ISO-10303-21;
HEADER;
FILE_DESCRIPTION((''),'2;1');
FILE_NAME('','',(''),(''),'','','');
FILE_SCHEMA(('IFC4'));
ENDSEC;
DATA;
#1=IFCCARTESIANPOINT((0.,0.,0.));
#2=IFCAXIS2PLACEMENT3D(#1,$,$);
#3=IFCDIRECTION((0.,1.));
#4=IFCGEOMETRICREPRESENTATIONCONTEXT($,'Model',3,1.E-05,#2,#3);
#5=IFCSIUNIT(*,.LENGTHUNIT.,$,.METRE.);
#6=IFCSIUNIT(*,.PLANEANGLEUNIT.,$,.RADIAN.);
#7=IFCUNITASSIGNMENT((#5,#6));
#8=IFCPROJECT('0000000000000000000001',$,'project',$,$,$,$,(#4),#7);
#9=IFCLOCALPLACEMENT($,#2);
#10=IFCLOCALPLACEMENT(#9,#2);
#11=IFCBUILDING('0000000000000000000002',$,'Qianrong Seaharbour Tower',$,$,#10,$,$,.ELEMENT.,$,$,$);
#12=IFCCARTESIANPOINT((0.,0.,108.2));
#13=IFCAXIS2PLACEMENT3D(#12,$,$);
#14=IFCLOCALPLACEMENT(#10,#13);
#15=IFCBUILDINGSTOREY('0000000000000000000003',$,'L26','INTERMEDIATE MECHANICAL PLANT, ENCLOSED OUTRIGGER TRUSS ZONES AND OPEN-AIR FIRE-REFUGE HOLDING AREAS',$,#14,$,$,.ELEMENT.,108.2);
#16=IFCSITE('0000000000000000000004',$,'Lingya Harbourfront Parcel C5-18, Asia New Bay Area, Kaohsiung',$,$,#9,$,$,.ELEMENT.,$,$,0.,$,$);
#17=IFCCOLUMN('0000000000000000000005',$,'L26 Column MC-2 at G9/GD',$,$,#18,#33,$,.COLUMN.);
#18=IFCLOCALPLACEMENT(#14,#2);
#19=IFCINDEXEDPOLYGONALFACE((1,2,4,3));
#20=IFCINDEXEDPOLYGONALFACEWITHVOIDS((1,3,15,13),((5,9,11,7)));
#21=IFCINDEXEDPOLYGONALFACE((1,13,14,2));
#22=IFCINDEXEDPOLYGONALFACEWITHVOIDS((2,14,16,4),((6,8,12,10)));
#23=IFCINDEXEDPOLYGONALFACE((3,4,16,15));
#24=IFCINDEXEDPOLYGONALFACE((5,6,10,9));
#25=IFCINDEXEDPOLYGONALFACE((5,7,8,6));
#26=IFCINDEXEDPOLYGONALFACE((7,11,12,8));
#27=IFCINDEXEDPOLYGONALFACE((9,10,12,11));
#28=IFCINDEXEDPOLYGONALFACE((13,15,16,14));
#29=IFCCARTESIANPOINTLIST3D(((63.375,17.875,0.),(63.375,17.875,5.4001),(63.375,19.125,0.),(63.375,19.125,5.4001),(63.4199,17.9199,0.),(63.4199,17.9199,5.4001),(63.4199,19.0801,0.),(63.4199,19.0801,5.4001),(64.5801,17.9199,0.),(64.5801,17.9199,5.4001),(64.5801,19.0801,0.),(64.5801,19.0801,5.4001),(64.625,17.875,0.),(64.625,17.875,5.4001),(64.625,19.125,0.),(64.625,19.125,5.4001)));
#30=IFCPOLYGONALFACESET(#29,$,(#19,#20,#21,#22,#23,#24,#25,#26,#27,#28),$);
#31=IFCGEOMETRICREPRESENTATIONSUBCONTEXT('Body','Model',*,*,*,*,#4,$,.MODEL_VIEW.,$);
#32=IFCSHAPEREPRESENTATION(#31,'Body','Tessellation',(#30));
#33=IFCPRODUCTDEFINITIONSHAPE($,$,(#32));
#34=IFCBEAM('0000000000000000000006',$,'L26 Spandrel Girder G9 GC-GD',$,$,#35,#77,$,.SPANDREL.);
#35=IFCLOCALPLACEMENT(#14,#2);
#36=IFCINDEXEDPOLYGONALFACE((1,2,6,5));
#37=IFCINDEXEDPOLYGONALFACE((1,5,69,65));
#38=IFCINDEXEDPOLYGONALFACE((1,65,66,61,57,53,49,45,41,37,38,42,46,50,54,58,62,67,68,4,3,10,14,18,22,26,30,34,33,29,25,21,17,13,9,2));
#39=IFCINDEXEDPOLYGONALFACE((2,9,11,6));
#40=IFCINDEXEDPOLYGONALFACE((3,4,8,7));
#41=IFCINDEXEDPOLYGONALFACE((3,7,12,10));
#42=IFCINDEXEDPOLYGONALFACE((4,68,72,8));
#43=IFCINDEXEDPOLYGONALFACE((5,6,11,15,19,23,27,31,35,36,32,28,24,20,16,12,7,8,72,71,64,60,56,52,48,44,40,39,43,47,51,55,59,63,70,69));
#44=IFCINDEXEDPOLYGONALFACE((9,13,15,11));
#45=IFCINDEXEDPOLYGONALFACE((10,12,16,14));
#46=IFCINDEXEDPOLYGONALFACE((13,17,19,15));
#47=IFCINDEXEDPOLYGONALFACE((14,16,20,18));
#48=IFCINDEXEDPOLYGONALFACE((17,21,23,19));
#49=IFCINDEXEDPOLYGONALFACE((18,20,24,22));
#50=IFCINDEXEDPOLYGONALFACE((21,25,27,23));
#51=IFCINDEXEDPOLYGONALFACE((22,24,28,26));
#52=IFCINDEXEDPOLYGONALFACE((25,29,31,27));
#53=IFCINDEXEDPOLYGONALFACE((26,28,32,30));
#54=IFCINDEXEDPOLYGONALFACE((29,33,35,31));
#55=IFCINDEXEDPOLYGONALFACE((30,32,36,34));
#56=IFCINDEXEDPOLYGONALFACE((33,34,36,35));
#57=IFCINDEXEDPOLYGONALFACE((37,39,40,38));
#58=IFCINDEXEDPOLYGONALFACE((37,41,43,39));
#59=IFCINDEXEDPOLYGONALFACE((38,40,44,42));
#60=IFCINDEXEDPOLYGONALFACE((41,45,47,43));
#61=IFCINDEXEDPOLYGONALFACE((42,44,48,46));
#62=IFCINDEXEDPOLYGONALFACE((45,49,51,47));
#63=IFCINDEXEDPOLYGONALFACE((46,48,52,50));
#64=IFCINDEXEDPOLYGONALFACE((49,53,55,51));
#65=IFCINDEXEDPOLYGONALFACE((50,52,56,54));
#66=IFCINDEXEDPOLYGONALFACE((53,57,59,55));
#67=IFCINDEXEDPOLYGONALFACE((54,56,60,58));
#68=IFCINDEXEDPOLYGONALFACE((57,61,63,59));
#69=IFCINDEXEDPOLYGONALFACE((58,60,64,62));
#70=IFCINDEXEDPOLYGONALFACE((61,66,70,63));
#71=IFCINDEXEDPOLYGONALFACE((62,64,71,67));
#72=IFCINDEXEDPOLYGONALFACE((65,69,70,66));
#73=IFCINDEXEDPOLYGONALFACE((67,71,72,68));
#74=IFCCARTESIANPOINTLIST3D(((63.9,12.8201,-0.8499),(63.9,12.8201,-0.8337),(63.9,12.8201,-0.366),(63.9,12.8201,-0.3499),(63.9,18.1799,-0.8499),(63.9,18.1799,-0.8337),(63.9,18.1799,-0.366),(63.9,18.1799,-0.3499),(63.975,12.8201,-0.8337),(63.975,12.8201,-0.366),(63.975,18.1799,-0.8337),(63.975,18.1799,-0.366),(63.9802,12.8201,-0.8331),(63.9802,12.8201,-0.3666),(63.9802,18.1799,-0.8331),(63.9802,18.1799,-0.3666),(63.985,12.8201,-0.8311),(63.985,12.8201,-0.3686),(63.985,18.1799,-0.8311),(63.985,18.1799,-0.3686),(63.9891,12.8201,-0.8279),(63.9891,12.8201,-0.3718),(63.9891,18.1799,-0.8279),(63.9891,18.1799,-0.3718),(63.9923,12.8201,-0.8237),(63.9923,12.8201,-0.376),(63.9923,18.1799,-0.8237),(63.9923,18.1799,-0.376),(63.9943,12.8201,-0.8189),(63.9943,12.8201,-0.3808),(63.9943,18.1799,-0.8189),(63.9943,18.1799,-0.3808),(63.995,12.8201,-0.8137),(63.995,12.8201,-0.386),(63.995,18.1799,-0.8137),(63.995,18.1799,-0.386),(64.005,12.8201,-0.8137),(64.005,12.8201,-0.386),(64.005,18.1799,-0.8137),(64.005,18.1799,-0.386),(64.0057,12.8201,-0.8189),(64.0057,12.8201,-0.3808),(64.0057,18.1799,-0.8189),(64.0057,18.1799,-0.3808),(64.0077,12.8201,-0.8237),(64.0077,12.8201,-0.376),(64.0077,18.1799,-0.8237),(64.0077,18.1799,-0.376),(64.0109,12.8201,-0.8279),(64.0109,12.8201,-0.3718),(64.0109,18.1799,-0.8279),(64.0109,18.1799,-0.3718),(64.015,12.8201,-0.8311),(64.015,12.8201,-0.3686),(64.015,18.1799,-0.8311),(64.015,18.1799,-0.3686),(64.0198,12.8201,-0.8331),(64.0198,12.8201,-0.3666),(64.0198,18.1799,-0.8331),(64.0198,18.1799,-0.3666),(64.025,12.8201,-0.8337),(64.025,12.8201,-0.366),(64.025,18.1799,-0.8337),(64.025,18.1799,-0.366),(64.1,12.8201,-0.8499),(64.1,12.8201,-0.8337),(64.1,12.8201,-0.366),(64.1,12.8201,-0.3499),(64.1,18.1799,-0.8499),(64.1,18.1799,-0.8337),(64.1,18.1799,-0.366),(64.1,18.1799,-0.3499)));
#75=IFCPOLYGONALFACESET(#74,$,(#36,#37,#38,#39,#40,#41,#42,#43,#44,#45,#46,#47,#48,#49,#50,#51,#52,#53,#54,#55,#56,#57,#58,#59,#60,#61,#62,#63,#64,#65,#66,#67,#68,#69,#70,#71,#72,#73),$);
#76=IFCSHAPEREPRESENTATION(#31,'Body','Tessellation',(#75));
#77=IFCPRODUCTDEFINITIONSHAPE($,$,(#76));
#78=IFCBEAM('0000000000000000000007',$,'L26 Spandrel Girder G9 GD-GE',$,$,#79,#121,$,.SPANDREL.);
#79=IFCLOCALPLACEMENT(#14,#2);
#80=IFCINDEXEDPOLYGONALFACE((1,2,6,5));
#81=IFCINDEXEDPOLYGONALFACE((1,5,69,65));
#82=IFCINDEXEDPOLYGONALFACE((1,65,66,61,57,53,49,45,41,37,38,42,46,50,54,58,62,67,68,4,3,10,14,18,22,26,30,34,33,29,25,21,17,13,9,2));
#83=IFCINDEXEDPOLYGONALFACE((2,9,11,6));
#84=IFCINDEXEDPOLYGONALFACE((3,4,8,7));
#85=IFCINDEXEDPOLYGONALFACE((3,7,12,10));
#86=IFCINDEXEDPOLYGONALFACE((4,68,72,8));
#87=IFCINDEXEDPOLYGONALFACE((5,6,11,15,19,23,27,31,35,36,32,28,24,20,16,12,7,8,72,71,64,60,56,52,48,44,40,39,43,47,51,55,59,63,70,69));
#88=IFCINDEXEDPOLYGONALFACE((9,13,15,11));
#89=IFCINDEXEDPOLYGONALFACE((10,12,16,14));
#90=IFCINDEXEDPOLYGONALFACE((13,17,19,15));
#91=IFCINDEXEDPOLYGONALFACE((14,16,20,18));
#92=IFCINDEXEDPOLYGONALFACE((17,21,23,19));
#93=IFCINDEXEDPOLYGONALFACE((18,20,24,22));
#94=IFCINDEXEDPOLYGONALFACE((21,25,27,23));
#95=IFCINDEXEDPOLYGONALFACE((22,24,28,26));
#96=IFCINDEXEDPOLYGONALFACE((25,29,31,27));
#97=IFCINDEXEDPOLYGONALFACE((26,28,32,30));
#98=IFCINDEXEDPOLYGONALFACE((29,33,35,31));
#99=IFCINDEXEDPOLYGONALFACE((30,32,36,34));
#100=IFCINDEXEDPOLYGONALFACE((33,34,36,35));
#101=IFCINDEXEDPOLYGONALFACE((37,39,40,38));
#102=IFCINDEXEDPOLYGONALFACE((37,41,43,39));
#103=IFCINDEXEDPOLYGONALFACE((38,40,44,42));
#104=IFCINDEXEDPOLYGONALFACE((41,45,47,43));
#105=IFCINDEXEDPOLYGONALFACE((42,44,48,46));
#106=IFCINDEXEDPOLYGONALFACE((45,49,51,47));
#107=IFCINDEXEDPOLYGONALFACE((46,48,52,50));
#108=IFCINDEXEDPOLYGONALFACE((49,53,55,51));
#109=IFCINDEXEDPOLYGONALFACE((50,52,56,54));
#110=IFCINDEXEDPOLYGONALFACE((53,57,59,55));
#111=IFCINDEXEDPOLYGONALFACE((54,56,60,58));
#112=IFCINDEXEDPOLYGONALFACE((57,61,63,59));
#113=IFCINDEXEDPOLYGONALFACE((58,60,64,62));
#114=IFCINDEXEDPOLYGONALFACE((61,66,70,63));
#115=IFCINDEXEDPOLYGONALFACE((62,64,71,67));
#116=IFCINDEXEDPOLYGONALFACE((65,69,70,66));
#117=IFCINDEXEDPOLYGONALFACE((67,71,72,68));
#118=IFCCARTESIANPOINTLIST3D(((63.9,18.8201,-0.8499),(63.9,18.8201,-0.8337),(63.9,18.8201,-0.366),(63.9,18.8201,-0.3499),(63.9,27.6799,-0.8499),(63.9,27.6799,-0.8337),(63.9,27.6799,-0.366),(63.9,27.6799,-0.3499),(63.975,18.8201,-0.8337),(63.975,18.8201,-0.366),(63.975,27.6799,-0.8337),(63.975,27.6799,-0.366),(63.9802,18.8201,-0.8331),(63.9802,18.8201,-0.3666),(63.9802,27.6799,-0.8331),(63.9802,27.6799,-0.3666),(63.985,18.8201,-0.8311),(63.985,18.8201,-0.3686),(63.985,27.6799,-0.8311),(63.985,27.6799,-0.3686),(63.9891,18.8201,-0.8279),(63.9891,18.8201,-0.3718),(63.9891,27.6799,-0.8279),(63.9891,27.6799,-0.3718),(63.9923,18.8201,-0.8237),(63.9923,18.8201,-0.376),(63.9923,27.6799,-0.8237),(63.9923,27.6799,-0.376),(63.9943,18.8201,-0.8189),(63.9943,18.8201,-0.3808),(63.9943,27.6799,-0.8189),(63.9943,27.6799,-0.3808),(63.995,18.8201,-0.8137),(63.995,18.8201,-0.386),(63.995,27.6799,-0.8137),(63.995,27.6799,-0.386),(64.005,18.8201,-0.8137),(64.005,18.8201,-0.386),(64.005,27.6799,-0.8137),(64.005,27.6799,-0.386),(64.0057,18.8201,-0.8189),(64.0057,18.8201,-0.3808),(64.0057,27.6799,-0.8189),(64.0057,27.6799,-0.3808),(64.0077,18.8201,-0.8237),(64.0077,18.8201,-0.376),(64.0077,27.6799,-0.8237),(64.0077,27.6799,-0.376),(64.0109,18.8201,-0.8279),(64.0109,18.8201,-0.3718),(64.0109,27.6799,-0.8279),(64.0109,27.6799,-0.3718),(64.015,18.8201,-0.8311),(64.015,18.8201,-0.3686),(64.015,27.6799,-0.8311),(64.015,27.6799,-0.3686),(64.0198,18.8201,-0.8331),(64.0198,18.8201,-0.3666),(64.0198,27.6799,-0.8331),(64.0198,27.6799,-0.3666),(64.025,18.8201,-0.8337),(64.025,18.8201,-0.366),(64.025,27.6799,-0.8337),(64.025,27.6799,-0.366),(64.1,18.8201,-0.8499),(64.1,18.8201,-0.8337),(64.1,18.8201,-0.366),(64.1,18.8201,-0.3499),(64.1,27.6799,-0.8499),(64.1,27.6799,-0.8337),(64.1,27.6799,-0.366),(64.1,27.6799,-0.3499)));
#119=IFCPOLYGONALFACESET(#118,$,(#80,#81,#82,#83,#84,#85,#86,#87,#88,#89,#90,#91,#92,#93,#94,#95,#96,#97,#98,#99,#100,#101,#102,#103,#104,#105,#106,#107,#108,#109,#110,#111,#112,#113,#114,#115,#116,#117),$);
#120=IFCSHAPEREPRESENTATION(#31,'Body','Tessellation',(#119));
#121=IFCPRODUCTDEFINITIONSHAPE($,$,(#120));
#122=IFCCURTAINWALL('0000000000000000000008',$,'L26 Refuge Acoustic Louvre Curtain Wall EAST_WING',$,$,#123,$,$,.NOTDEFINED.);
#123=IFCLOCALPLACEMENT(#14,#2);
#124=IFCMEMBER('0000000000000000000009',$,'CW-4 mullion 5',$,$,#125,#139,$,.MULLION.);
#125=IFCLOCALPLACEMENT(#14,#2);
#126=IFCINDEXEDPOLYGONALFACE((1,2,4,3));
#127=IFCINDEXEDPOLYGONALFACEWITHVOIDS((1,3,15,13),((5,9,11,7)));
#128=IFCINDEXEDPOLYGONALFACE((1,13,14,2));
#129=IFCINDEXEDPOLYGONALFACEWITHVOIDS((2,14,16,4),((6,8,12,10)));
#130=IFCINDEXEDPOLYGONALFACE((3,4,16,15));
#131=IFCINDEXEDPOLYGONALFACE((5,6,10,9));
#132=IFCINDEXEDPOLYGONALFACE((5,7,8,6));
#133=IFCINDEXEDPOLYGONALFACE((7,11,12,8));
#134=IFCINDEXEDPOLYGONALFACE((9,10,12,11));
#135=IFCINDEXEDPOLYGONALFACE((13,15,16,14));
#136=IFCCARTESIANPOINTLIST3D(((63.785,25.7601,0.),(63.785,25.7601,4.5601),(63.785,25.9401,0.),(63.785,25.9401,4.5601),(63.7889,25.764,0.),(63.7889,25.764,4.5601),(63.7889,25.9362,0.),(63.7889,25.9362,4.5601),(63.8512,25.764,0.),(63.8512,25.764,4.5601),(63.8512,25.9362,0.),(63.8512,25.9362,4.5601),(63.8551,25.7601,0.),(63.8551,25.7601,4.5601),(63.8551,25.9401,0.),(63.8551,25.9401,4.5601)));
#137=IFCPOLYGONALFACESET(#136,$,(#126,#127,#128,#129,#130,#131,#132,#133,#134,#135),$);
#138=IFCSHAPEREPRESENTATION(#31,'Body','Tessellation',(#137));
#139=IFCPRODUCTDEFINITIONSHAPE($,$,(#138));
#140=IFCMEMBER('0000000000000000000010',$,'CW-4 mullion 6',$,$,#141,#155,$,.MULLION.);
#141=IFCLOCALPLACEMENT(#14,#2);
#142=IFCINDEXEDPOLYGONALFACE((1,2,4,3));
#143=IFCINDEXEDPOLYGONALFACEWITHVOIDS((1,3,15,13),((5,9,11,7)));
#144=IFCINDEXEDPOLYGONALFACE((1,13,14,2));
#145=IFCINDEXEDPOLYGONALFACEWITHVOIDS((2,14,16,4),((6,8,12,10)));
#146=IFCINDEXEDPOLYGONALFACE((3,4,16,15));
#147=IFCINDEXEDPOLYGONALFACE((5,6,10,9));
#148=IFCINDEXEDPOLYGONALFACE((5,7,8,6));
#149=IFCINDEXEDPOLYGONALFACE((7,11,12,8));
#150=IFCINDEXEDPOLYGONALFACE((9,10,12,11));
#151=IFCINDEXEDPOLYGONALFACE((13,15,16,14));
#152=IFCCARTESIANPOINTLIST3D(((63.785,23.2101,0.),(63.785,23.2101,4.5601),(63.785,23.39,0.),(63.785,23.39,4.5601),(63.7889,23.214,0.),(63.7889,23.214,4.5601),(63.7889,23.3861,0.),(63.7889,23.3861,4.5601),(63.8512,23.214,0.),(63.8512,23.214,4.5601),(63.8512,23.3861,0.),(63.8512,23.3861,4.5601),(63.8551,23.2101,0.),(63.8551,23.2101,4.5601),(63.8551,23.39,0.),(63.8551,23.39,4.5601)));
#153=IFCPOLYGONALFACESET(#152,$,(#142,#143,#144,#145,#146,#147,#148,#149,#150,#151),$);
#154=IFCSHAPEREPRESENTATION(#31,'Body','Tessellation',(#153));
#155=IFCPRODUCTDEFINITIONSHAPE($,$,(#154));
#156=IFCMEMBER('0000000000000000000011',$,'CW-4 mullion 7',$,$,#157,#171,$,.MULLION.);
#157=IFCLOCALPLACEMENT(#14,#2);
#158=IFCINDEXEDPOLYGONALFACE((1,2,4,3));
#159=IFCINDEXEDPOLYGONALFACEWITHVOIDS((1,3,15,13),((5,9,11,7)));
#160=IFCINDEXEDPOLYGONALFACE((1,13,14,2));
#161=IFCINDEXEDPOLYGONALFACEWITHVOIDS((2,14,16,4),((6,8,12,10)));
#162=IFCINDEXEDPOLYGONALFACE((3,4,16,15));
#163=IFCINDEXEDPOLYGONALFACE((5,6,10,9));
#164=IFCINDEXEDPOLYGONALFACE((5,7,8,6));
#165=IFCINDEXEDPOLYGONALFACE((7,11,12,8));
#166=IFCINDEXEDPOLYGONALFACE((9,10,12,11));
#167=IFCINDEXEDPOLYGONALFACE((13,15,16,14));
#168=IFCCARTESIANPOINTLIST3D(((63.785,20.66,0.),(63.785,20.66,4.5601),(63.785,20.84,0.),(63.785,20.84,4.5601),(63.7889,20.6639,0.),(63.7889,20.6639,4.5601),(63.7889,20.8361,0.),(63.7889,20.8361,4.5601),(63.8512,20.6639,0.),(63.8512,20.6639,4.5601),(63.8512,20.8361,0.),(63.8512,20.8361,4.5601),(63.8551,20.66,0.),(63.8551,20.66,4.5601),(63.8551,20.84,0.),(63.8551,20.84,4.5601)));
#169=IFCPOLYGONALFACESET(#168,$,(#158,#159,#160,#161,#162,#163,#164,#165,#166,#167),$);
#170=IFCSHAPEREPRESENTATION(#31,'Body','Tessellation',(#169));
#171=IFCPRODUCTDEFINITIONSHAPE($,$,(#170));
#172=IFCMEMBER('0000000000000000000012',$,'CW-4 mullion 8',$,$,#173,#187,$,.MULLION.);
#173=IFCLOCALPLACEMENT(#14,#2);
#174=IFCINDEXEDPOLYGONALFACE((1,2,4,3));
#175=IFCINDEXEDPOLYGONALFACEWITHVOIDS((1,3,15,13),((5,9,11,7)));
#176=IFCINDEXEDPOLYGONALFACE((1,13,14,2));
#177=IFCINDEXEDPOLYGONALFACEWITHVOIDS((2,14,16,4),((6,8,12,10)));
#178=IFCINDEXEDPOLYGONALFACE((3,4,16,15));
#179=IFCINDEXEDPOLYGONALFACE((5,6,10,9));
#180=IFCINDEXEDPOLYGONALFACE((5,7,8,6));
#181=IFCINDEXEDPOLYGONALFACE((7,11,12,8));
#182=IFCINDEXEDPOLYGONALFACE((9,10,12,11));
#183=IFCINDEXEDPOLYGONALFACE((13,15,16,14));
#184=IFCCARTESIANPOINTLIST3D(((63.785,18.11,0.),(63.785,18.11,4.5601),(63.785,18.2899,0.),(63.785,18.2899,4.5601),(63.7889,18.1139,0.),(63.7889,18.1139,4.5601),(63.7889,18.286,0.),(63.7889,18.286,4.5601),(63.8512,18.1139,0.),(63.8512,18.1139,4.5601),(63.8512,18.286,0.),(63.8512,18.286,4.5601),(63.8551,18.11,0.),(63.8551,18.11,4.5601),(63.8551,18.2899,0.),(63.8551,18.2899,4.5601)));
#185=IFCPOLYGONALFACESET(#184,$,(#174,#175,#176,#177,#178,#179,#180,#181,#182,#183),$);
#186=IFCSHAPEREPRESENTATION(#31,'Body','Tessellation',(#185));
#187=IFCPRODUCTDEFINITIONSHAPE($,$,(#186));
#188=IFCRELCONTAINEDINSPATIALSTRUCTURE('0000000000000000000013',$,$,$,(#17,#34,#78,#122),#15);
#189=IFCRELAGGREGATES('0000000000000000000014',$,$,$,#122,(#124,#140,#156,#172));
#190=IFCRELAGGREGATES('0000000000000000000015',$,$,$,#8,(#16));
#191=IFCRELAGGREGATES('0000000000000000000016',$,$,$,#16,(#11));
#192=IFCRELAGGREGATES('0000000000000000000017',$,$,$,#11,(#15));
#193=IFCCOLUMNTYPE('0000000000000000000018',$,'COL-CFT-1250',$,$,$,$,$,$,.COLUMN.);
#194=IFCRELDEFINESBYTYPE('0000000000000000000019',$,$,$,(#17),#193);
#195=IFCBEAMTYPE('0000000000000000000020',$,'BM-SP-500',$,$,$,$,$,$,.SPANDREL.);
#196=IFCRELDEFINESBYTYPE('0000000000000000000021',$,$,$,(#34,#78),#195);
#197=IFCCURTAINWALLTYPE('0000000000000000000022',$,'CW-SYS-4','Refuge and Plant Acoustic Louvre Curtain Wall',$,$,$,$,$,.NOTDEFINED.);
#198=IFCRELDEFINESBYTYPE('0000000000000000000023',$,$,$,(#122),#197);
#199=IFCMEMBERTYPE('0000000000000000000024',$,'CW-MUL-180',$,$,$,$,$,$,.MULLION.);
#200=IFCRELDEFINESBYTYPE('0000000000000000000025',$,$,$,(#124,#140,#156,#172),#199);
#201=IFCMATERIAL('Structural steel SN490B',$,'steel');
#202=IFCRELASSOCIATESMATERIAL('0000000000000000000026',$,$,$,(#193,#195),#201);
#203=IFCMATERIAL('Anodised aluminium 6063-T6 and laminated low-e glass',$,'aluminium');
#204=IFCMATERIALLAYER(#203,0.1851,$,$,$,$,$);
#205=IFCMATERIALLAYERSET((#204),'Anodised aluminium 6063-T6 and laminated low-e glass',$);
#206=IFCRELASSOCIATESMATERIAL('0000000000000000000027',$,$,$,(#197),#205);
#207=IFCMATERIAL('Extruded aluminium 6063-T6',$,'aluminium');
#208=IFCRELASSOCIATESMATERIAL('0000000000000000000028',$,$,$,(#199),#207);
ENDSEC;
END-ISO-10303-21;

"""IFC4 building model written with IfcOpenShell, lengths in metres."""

from ifc_helpers import new_model, si_unit, direction, frame, origin, origin_2d, place, context, subcontext, project, spatial, hollow_rectangle, i_section, extrude, material, layer, layer_set, material_profile, profile_set, type_object, element, aggregate, save


model = new_model("IFC4")

# Units and contexts
model_context = context("Model", 3, precision=1e-05, world=origin(), true_north=direction((0.0, 1.0)))
body_context = subcontext(model_context, "Body", "Model", "MODEL_VIEW")
ifc_project = project(units=[si_unit("LENGTHUNIT", "METRE"), si_unit("PLANEANGLEUNIT", "RADIAN")], contexts=[model_context])

# Site, building, storey
site_placement = place(None, origin())
site = spatial("IfcSite", under=ifc_project, at=site_placement, Name="Lingya Harbourfront Parcel C5-18, Asia New Bay Area, Kaohsiung", CompositionType="ELEMENT", RefElevation=0.0)
building_placement = place(site_placement, origin())
building = spatial("IfcBuilding", under=site, at=building_placement, Name="Qianrong Seaharbour Tower", CompositionType="ELEMENT")
storey_placement = place(building_placement, frame((0.0, 0.0, 108.2)))
storey = spatial("IfcBuildingStorey", under=building, at=storey_placement, Name="L26", Description="INTERMEDIATE MECHANICAL PLANT, ENCLOSED OUTRIGGER TRUSS ZONES AND OPEN-AIR FIRE-REFUGE HOLDING AREAS", CompositionType="ELEMENT", Elevation=108.2)

# Column
ifc_material_1 = material(Name="Structural steel SN490B", Category="steel")
ifc_material_profile_1 = material_profile(ifc_material_1, hollow_rectangle(XDim=1.25, YDim=1.25, WallThickness=0.0449, at=origin_2d()), Name="BOX1250x1250x45")
ifc_profile_set_1 = profile_set([ifc_material_profile_1], Name="Structural steel SN490B")
column_type = type_object("IfcColumnType", Name="COL-CFT-1250", PredefinedType="COLUMN", material=ifc_profile_set_1)
column_placement = place(storey_placement, frame((64.0, 18.5, 0.0), z_axis=(0.0, 0.0, 1.0), x_axis=(1.0, 0.0, 0.0)))
element("IfcColumn", 1, at=column_placement, inside=storey, type_object=column_type, Name="L26 Column MC-2 at G9/GD", PredefinedType="COLUMN", context=body_context, shape_type="SweptSolid", body=[
    extrude(hollow_rectangle(XDim=1.25, YDim=1.25, WallThickness=0.0449, at=origin_2d()), origin(), (0.0, 0.0, 1.0), 5.4001),
])

# Beams
ifc_material_profile_2 = material_profile(ifc_material_1, i_section(OverallWidth=0.2, OverallDepth=0.5, WebThickness=0.01, FlangeThickness=0.0161, FilletRadius=0.02, at=origin_2d()), Name="H500x200x10x16")
ifc_profile_set_2 = profile_set([ifc_material_profile_2], Name="Structural steel SN490B")
beam_type = type_object("IfcBeamType", Name="BM-SP-500", PredefinedType="SPANDREL", material=ifc_profile_set_2)
beam_1_placement = place(storey_placement, frame((64.0, 12.8201, -0.5999), z_axis=(0.0, 1.0, 0.0), x_axis=(-1.0, 0.0, 0.0)))
element("IfcBeam", 2, at=beam_1_placement, inside=storey, type_object=beam_type, Name="L26 Spandrel Girder G9 GC-GD", PredefinedType="SPANDREL", context=body_context, shape_type="SweptSolid", body=[
    extrude(i_section(OverallWidth=0.2, OverallDepth=0.5, WebThickness=0.01, FlangeThickness=0.0161, FilletRadius=0.02, at=origin_2d()), origin(), (0.0, 0.0, 1.0), 5.3599),
])
beam_2_placement = place(storey_placement, frame((64.0, 18.8201, -0.5999), z_axis=(0.0, 1.0, 0.0), x_axis=(-1.0, 0.0, 0.0)))
element("IfcBeam", 3, at=beam_2_placement, inside=storey, type_object=beam_type, Name="L26 Spandrel Girder G9 GD-GE", PredefinedType="SPANDREL", context=body_context, shape_type="SweptSolid", body=[
    extrude(i_section(OverallWidth=0.2, OverallDepth=0.5, WebThickness=0.01, FlangeThickness=0.0161, FilletRadius=0.02, at=origin_2d()), origin(), (0.0, 0.0, 1.0), 8.8599),
])

# Curtain wall, members
ifc_material_2 = material(Name="Anodised aluminium 6063-T6 and laminated low-e glass", Category="aluminium")
ifc_layer_1 = layer(ifc_material_2, 0.1851)
ifc_layer_set_1 = layer_set([ifc_layer_1], Name="Anodised aluminium 6063-T6 and laminated low-e glass")
curtain_wall_type = type_object("IfcCurtainWallType", Name="CW-SYS-4", Description="Refuge and Plant Acoustic Louvre Curtain Wall", PredefinedType="NOTDEFINED", material=ifc_layer_set_1)
curtain_wall_placement = place(storey_placement, origin())
curtain_wall = element("IfcCurtainWall", 4, at=curtain_wall_placement, inside=storey, type_object=curtain_wall_type, Name="L26 Refuge Acoustic Louvre Curtain Wall EAST_WING", PredefinedType="NOTDEFINED")
ifc_material_3 = material(Name="Extruded aluminium 6063-T6", Category="aluminium")
ifc_material_profile_3 = material_profile(ifc_material_3, hollow_rectangle(XDim=0.0701, YDim=0.1799, WallThickness=0.0039, at=origin_2d()), Name="ALU-MUL-180x70x4")
ifc_profile_set_3 = profile_set([ifc_material_profile_3], Name="Extruded aluminium 6063-T6")
member_type_1 = type_object("IfcMemberType", Name="CW-MUL-180", PredefinedType="MULLION", material=ifc_profile_set_3)
member_1_placement = place(storey_placement, frame((63.8201, 25.8501, 0.0), z_axis=(0.0, 0.0, 1.0), x_axis=(1.0, 0.0, 0.0)))
member_1 = element("IfcMember", 5, at=member_1_placement, type_object=member_type_1, Name="CW-4 mullion 5", PredefinedType="MULLION", context=body_context, shape_type="SweptSolid", body=[
    extrude(hollow_rectangle(XDim=0.0701, YDim=0.1799, WallThickness=0.0039, at=origin_2d()), origin(), (0.0, 0.0, 1.0), 4.5601),
])
member_2_placement = place(storey_placement, frame((63.8201, 23.3, 0.0), z_axis=(0.0, 0.0, 1.0), x_axis=(1.0, 0.0, 0.0)))
member_2 = element("IfcMember", 6, at=member_2_placement, type_object=member_type_1, Name="CW-4 mullion 6", PredefinedType="MULLION", context=body_context, shape_type="SweptSolid", body=[
    extrude(hollow_rectangle(XDim=0.0701, YDim=0.1799, WallThickness=0.0039, at=origin_2d()), origin(), (0.0, 0.0, 1.0), 4.5601),
])
member_3_placement = place(storey_placement, frame((63.8201, 20.75, 0.0), z_axis=(0.0, 0.0, 1.0), x_axis=(1.0, 0.0, 0.0)))
member_3 = element("IfcMember", 7, at=member_3_placement, type_object=member_type_1, Name="CW-4 mullion 7", PredefinedType="MULLION", context=body_context, shape_type="SweptSolid", body=[
    extrude(hollow_rectangle(XDim=0.0701, YDim=0.1799, WallThickness=0.0039, at=origin_2d()), origin(), (0.0, 0.0, 1.0), 4.5601),
])
member_4_placement = place(storey_placement, frame((63.8201, 18.2, 0.0), z_axis=(0.0, 0.0, 1.0), x_axis=(1.0, 0.0, 0.0)))
member_4 = element("IfcMember", 8, at=member_4_placement, type_object=member_type_1, Name="CW-4 mullion 8", PredefinedType="MULLION", context=body_context, shape_type="SweptSolid", body=[
    extrude(hollow_rectangle(XDim=0.0701, YDim=0.1799, WallThickness=0.0039, at=origin_2d()), origin(), (0.0, 0.0, 1.0), 4.5601),
])
aggregate(curtain_wall, [member_1, member_2, member_3, member_4])

save(model, "model.ifc")
